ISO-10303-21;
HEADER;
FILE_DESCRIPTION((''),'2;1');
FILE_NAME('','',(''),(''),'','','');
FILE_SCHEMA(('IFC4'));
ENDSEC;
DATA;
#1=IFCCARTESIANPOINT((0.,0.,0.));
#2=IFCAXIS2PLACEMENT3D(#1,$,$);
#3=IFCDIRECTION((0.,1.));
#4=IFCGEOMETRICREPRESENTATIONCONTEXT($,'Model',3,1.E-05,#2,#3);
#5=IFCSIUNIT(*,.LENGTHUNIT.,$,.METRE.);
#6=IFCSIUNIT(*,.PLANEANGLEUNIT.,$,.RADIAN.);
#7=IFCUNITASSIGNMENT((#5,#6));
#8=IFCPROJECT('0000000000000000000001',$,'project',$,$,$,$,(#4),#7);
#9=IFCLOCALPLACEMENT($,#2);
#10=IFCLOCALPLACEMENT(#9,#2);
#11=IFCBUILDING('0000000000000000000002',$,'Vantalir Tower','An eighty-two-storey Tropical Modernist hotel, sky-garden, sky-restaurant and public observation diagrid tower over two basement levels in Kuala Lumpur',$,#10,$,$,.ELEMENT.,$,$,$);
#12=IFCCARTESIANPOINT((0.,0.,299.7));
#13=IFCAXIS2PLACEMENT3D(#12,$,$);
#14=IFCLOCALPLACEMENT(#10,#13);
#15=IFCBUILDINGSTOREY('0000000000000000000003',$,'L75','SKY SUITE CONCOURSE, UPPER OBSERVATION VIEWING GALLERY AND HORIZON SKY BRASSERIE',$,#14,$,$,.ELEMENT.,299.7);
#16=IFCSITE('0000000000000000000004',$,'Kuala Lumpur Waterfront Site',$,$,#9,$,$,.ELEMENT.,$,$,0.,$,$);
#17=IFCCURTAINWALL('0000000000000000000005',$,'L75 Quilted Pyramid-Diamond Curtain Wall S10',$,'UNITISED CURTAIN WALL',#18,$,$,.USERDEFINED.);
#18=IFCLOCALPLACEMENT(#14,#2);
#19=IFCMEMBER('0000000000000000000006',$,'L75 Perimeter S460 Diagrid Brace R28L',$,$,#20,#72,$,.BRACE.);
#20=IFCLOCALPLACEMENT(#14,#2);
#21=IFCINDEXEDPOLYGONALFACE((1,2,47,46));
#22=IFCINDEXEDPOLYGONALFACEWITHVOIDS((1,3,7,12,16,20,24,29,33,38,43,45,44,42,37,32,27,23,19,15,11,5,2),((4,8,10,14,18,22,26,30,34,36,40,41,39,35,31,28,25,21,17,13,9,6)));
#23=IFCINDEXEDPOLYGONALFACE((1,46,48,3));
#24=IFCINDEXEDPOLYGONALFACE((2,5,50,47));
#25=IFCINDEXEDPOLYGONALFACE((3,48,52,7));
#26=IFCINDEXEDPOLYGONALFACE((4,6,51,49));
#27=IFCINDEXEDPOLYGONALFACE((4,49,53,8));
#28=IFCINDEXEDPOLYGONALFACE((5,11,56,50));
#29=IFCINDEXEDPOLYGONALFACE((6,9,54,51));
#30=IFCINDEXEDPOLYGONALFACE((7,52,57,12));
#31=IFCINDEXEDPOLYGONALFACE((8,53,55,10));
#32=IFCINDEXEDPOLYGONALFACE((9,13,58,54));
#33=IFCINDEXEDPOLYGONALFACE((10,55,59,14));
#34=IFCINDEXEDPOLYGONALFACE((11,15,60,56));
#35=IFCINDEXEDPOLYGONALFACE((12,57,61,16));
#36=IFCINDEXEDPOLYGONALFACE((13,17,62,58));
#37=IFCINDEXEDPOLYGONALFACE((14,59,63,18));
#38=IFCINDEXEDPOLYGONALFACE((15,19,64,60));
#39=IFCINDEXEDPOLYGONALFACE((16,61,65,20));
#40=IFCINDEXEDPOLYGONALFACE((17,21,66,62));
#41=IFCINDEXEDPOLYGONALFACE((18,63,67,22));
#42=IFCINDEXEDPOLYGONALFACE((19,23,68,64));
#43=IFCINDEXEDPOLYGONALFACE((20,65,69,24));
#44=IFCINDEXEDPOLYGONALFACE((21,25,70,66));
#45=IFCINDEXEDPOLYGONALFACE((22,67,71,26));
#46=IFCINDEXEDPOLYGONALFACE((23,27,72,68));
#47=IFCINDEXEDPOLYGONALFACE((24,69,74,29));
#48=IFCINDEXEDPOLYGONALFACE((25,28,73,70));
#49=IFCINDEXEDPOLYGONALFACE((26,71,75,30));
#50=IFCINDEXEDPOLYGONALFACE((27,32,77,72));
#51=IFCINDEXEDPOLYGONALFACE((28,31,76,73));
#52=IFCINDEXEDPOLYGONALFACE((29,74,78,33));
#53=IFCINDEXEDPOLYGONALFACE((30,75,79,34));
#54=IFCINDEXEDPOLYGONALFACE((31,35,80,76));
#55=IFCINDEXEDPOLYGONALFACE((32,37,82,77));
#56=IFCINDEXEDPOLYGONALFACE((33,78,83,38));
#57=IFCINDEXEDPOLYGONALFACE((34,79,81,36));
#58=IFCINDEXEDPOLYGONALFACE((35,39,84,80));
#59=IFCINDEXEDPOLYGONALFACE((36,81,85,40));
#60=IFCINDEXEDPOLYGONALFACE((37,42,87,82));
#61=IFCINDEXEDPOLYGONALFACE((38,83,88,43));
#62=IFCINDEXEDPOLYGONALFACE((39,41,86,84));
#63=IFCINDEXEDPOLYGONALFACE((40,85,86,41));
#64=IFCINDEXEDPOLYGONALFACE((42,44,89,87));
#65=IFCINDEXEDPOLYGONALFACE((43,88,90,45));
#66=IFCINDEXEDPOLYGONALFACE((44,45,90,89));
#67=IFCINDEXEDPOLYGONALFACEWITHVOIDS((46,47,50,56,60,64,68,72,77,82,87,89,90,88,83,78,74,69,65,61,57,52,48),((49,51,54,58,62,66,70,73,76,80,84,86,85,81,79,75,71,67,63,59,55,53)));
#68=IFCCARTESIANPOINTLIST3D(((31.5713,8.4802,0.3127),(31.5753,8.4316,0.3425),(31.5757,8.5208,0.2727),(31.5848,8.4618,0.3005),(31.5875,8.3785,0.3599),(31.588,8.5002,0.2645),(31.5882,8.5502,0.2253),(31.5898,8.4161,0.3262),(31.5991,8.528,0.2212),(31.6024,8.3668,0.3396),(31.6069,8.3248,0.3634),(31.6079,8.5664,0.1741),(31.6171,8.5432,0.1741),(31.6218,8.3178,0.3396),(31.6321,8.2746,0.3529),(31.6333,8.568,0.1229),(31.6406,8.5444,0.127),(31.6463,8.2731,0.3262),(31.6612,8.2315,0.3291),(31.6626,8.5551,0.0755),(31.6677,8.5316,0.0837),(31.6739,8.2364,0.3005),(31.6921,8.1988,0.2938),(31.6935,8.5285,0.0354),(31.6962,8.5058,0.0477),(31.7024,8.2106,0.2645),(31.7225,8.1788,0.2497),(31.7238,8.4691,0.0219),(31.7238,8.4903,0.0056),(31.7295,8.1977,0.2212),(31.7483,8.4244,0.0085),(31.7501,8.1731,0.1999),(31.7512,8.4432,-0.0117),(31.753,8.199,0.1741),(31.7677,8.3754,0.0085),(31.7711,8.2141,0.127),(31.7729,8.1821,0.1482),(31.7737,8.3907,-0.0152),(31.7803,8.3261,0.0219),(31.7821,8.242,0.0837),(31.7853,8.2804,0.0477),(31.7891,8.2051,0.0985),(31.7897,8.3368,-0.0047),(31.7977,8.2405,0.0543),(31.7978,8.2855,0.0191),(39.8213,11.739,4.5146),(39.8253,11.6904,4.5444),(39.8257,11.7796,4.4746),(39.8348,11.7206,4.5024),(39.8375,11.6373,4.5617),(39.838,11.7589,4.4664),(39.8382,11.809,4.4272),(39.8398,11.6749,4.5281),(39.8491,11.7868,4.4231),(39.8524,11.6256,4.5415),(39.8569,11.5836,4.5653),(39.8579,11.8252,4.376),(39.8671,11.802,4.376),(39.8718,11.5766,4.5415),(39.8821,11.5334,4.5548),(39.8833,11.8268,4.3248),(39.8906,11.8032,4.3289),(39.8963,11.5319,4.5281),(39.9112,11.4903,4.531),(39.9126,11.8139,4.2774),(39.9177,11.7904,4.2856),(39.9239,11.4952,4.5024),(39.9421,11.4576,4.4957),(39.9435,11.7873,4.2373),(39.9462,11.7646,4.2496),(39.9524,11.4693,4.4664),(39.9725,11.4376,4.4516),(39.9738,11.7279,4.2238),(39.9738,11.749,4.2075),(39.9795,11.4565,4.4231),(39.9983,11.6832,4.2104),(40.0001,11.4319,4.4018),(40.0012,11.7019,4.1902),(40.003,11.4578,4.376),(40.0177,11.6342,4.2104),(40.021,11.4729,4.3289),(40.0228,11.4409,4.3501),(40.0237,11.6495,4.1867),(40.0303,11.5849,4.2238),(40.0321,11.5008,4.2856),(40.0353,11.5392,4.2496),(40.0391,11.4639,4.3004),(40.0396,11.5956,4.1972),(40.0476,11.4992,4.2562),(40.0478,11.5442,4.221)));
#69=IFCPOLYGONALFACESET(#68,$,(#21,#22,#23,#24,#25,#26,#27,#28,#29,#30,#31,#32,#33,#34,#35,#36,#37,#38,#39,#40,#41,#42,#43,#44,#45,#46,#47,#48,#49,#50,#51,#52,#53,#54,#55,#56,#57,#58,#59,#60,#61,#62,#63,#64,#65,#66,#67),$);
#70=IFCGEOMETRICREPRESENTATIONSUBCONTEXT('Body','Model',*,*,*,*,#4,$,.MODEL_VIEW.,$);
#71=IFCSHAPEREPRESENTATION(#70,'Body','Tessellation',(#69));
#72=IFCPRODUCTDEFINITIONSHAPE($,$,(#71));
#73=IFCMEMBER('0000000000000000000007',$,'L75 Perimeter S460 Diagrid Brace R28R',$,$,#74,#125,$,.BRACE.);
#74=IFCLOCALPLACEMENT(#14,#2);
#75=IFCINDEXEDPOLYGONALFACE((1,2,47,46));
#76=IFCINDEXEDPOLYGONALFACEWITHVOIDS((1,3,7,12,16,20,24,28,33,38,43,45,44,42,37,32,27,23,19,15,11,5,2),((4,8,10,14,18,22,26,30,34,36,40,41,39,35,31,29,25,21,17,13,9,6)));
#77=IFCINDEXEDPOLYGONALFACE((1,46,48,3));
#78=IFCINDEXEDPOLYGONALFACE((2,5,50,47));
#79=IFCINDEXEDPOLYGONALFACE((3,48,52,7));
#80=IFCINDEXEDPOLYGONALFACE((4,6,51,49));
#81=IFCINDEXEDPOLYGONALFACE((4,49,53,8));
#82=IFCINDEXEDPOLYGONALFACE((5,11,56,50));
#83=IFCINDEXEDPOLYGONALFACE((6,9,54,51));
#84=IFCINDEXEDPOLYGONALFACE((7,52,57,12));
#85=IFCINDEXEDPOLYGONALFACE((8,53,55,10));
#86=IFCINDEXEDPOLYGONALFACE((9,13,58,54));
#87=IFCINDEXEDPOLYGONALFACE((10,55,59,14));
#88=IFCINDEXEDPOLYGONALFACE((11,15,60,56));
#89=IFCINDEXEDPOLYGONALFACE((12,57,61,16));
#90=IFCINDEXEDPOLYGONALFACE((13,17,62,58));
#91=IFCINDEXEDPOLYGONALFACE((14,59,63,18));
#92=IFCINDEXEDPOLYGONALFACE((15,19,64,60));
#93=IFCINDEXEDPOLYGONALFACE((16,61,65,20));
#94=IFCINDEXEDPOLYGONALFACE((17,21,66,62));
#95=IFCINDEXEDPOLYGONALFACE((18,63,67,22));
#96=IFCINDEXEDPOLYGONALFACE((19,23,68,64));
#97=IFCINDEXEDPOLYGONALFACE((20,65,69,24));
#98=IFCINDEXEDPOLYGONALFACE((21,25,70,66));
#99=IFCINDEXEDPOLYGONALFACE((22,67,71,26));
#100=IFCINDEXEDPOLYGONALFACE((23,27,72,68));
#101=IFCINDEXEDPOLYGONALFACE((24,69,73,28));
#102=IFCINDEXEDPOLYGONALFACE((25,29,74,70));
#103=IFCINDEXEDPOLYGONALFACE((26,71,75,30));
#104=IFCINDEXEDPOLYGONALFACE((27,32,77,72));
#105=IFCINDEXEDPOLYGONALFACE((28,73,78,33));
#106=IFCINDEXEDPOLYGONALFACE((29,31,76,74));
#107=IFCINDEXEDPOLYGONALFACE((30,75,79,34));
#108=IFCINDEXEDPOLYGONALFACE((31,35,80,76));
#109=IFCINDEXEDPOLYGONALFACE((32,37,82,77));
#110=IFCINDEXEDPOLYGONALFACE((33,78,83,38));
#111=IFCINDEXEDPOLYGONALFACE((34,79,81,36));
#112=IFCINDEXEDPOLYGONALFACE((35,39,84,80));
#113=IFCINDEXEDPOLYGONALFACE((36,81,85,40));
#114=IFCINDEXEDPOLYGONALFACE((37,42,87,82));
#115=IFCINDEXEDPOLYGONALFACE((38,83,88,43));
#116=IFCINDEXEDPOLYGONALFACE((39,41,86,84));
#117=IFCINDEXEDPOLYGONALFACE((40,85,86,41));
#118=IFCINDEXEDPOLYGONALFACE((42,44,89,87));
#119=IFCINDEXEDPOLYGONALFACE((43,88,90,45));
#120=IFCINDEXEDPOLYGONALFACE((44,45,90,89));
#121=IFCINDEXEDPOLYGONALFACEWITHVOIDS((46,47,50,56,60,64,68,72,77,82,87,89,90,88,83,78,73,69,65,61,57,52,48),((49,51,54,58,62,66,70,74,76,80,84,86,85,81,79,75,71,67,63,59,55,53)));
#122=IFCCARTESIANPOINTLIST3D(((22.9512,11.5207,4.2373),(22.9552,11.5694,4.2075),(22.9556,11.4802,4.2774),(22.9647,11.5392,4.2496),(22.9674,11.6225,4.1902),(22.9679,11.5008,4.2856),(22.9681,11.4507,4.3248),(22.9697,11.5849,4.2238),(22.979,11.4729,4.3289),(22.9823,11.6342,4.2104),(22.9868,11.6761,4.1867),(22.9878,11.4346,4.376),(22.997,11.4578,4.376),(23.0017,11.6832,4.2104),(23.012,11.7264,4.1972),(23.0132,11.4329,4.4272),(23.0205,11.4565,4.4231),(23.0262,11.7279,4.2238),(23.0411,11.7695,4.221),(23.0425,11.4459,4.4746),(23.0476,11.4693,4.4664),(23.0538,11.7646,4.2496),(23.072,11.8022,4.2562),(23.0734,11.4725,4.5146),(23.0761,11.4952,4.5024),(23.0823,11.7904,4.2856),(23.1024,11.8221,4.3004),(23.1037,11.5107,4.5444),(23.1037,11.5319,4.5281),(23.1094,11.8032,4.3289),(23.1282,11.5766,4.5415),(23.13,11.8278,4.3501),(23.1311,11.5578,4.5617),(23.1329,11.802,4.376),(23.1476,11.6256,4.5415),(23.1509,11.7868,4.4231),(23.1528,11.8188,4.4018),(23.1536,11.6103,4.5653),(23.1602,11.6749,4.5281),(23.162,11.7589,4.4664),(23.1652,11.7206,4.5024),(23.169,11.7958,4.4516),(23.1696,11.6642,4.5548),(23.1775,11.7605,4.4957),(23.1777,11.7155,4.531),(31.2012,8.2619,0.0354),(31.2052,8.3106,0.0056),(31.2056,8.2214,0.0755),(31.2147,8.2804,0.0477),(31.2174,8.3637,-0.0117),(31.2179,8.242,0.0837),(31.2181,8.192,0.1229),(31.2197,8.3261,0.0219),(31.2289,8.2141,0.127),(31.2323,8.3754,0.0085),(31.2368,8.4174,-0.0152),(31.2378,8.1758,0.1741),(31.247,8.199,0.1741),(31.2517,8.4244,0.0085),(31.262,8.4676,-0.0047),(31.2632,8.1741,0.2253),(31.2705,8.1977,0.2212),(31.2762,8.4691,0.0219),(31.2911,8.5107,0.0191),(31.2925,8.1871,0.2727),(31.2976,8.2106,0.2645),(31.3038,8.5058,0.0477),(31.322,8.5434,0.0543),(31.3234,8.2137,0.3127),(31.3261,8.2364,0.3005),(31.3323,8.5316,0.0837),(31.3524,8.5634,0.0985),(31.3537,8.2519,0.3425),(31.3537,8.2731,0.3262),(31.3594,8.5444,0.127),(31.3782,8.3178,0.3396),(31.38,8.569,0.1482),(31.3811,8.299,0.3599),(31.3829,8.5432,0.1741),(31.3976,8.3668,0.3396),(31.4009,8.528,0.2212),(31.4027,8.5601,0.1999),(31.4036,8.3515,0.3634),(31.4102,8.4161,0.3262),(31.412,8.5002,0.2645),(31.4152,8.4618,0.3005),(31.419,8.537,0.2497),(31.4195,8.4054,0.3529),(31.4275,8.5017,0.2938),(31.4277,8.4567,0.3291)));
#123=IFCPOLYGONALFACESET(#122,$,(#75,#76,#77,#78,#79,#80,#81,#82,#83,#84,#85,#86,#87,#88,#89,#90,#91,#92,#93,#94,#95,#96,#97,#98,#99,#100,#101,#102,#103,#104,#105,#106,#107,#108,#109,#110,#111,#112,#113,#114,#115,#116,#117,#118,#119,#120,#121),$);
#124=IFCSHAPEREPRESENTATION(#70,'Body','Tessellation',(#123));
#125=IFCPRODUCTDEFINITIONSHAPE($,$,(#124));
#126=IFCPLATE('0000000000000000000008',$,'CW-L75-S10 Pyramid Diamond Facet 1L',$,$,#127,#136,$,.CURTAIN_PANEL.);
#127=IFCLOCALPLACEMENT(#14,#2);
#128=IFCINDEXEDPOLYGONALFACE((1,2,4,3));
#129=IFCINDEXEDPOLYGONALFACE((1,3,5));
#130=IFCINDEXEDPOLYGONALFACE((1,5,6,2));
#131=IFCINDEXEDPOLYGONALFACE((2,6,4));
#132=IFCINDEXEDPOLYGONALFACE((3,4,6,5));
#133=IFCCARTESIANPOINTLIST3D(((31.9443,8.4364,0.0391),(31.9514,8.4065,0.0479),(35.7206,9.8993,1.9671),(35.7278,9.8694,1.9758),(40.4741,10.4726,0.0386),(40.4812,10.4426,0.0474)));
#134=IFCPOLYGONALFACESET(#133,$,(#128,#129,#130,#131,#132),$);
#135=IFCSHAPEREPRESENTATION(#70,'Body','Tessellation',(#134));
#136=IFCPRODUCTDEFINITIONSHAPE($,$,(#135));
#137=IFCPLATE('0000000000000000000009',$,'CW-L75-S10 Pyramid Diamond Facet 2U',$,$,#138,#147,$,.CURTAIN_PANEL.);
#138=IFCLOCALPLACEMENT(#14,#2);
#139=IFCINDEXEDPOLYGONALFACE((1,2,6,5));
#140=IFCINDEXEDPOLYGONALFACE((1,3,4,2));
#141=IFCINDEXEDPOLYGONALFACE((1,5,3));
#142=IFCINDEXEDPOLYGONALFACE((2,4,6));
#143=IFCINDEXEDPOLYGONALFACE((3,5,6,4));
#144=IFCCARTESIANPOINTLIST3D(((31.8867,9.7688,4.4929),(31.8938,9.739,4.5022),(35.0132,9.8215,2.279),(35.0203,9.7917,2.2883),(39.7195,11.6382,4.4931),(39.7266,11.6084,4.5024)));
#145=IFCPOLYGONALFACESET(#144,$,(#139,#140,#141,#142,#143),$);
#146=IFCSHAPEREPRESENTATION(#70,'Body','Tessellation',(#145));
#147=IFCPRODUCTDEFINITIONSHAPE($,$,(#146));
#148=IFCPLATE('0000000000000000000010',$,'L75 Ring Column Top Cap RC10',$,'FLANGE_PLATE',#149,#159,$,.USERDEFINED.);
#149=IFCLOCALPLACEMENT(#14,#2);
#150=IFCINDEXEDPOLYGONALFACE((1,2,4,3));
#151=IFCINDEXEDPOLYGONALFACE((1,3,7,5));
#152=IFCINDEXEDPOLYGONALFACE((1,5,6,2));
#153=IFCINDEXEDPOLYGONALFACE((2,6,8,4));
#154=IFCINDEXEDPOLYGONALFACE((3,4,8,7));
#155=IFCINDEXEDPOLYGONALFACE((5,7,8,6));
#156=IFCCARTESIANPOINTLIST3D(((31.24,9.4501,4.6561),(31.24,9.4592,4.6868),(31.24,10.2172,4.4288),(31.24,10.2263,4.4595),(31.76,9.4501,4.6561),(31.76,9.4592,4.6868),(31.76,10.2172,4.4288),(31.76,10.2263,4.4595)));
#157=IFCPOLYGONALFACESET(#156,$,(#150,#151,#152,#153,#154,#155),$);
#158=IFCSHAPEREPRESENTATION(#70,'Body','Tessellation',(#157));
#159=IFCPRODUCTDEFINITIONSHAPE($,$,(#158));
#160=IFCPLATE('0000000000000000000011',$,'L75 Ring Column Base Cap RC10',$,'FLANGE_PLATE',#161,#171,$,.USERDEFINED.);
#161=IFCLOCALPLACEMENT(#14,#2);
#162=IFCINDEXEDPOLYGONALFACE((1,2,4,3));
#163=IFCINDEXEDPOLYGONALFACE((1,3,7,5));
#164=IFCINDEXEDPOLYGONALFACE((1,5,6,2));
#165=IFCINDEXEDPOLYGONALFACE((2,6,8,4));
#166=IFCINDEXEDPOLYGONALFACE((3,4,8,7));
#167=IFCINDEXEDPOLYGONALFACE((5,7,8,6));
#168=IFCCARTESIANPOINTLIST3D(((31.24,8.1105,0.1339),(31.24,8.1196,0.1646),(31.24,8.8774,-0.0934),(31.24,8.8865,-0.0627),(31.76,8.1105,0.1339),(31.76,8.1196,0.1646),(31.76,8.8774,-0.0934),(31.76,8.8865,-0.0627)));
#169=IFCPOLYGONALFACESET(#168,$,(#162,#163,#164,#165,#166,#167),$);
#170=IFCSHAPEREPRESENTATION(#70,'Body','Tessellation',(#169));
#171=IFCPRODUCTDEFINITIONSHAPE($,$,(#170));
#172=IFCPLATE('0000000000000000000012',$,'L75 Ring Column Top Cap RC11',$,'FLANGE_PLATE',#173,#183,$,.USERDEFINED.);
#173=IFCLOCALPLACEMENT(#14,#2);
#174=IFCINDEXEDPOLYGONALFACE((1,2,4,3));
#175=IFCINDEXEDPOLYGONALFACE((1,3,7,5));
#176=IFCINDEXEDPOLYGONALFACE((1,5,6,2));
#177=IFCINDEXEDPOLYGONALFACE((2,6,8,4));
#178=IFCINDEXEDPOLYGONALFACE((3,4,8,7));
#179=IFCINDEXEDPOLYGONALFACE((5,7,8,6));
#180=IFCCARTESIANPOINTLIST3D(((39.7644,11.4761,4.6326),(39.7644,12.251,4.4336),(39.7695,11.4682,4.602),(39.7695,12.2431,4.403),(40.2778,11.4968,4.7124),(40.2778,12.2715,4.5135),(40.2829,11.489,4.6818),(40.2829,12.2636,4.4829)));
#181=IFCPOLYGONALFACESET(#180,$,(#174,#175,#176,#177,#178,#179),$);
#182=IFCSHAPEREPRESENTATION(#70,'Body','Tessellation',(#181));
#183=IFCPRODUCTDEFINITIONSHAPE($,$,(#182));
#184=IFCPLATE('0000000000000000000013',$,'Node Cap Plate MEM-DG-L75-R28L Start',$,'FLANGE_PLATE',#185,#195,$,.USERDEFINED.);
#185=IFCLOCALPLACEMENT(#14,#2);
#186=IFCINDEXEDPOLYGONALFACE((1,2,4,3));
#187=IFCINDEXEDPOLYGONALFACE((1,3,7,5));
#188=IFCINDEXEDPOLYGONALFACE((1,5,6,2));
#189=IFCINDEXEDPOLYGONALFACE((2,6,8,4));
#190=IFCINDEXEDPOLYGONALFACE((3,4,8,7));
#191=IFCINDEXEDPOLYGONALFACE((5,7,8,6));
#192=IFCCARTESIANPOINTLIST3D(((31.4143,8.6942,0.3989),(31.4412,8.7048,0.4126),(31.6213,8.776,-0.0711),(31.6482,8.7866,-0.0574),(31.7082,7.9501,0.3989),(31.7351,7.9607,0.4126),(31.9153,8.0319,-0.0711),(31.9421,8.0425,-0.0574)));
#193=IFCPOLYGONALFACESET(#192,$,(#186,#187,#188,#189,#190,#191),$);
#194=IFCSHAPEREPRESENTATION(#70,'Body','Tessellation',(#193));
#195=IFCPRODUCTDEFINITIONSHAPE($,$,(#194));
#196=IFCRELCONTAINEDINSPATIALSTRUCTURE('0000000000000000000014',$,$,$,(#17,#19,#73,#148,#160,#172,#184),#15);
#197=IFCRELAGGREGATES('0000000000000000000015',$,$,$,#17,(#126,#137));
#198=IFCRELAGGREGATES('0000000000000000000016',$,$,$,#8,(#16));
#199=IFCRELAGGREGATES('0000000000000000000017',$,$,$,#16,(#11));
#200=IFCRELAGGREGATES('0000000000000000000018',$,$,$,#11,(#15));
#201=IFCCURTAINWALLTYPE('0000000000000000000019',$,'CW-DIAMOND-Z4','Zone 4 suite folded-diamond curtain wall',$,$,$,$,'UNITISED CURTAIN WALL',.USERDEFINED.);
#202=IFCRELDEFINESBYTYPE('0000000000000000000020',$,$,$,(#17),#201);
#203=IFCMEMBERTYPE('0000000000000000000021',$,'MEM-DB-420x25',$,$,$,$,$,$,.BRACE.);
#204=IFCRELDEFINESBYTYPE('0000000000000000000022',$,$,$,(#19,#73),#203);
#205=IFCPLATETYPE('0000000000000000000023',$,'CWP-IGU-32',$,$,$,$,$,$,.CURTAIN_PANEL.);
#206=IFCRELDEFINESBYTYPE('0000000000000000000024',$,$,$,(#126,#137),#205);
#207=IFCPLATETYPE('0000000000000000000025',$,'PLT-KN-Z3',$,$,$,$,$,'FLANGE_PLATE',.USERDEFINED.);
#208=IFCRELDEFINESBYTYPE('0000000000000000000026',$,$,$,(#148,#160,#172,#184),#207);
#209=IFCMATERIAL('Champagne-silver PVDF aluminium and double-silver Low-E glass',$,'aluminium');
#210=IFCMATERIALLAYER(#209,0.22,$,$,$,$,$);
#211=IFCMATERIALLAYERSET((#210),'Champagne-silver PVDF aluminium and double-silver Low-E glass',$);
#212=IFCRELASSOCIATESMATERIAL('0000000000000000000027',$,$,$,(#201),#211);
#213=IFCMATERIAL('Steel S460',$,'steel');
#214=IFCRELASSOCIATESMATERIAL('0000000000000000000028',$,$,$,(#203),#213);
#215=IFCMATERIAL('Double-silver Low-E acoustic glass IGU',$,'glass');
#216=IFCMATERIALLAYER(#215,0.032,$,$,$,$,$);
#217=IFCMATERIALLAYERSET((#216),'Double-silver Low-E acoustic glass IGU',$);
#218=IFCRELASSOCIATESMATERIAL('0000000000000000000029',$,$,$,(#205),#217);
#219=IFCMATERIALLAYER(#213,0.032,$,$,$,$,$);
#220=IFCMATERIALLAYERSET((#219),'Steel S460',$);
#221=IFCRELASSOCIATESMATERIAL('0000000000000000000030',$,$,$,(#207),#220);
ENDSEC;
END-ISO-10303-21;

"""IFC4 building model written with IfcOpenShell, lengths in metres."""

from ifc_helpers import new_model, si_unit, direction, frame, origin, origin_2d, place, context, subcontext, project, spatial, polyline, hollow_circle, outline, extrude, material, layer, layer_set, material_profile, profile_set, type_object, element, aggregate, save


model = new_model("IFC4")

# Units and contexts
model_context = context("Model", 3, precision=1e-05, world=origin(), true_north=direction((0.0, 1.0)))
body_context = subcontext(model_context, "Body", "Model", "MODEL_VIEW")
ifc_project = project(units=[si_unit("LENGTHUNIT", "METRE"), si_unit("PLANEANGLEUNIT", "RADIAN")], contexts=[model_context])

# Site, building, storey
site_placement = place(None, origin())
site = spatial("IfcSite", under=ifc_project, at=site_placement, Name="Kuala Lumpur Waterfront Site", CompositionType="ELEMENT", RefElevation=0.0)
building_placement = place(site_placement, origin())
building = spatial("IfcBuilding", under=site, at=building_placement, Name="Vantalir Tower", Description="An eighty-two-storey Tropical Modernist hotel, sky-garden, sky-restaurant and public observation diagrid tower over two basement levels in Kuala Lumpur", CompositionType="ELEMENT")
storey_placement = place(building_placement, frame((0.0, 0.0, 299.7)))
storey = spatial("IfcBuildingStorey", under=building, at=storey_placement, Name="L75", Description="SKY SUITE CONCOURSE, UPPER OBSERVATION VIEWING GALLERY AND HORIZON SKY BRASSERIE", CompositionType="ELEMENT", Elevation=299.7)

# Shared definitions
ifc_material_1 = material(Name="Steel S460", Category="steel")

# Shared definitions
ifc_material_2 = material(Name="Champagne-silver PVDF aluminium and double-silver Low-E glass", Category="aluminium")
ifc_layer_1 = layer(ifc_material_2, 0.22)
ifc_layer_set_1 = layer_set([ifc_layer_1], Name="Champagne-silver PVDF aluminium and double-silver Low-E glass")
curtain_wall_type = type_object("IfcCurtainWallType", Name="CW-DIAMOND-Z4", Description="Zone 4 suite folded-diamond curtain wall", ElementType="UNITISED CURTAIN WALL", PredefinedType="USERDEFINED", material=ifc_layer_set_1)

# Curtain wall
curtain_wall_1_placement = place(storey_placement, origin())
curtain_wall_1 = element("IfcCurtainWall", 1, at=curtain_wall_1_placement, inside=storey, type_object=curtain_wall_type, Name="L75 Quilted Pyramid-Diamond Curtain Wall S10", ObjectType="UNITISED CURTAIN WALL", PredefinedType="USERDEFINED")

# Members
ifc_material_profile_1 = material_profile(ifc_material_1, hollow_circle(Radius=0.21, WallThickness=0.0249, at=origin_2d()), Name="Steel S460")
ifc_profile_set_1 = profile_set([ifc_material_profile_1], Name="Steel S460")
member_type_1 = type_object("IfcMemberType", Name="MEM-DB-420x25", PredefinedType="BRACE", material=ifc_profile_set_1)
for number, where, z_axis, x_axis, name in (
    (2, (31.6851, 8.3711, 0.1741), (0.840533, 0.332014, 0.428102), (-0.367382, 0.93007, 0.0), "L75 Perimeter S460 Diagrid Brace R28L"),
    (3, (31.3149, 8.3711, 0.1741), (-0.840533, 0.332014, 0.428102), (-0.367382, -0.93007, 0.0), "L75 Perimeter S460 Diagrid Brace R28R"),
):
    element("IfcMember", number, at=place(storey_placement, frame(where, z_axis=z_axis, x_axis=x_axis)), inside=storey, type_object=member_type_1, Name=name, PredefinedType="BRACE", context=body_context, shape_type="SweptSolid", body=[
        extrude(hollow_circle(Radius=0.21, WallThickness=0.0249, at=origin_2d()), origin(), (0.0, 0.0, 1.0), 9.8152),
    ])

# Plates
ifc_material_3 = material(Name="Double-silver Low-E acoustic glass IGU", Category="glass")
ifc_layer_2 = layer(ifc_material_3, 0.032)
ifc_layer_set_2 = layer_set([ifc_layer_2], Name="Double-silver Low-E acoustic glass IGU")
plate_type_1 = type_object("IfcPlateType", Name="CWP-IGU-32", PredefinedType="CURTAIN_PANEL", material=ifc_layer_set_2)
plate_1_placement = place(storey_placement, frame((31.9514, 8.4065, 0.0479), z_axis=(0.223413, -0.935859, 0.272497), x_axis=(0.972672, 0.232185, -0.000056)))
plate_1 = element("IfcPlate", 4, at=plate_1_placement, type_object=plate_type_1, Name="CW-L75-S10 Pyramid Diamond Facet 1L", PredefinedType="CURTAIN_PANEL", context=body_context, shape_type="SweptSolid", body=[
    extrude(outline(polyline([(0.0, 0.0), (8.7694, 0.0), (4.0127, 2.004), (0.0, 0.0)])), origin(), (0.0, 0.0, -1.0), 0.032),
])
plate_2_placement = place(storey_placement, frame((39.7266, 11.6084, 4.5024), z_axis=(0.222057, -0.930462, 0.291429), x_axis=(-0.972682, -0.232142, -0.00003)))
plate_2 = element("IfcPlate", 5, at=plate_2_placement, type_object=plate_type_1, Name="CW-L75-S10 Pyramid Diamond Facet 2U", PredefinedType="CURTAIN_PANEL", context=body_context, shape_type="SweptSolid", body=[
    extrude(outline(polyline([(0.0, 0.0), (8.0528, 0.0), (4.9995, 2.3144), (0.0, 0.0)])), origin(), (0.0, 0.0, -1.0), 0.032),
])
aggregate(curtain_wall_1, [plate_1, plate_2])

# Plates
ifc_layer_3 = layer(ifc_material_1, 0.032)
ifc_layer_set_3 = layer_set([ifc_layer_3], Name="Steel S460")
plate_type_2 = type_object("IfcPlateType", Name="PLT-KN-Z3", ElementType="FLANGE_PLATE", PredefinedType="USERDEFINED", material=ifc_layer_set_3)
plate_3_placement = place(storey_placement, frame((31.24, 10.2263, 4.4595), z_axis=(0.0, 0.284099, 0.958795), x_axis=(0.0, -0.958795, 0.284099)))
element("IfcPlate", 6, at=plate_3_placement, inside=storey, type_object=plate_type_2, Name="L75 Ring Column Top Cap RC10", ObjectType="FLANGE_PLATE", PredefinedType="USERDEFINED", context=body_context, shape_type="SweptSolid", body=[
    extrude(outline(polyline([(0.0, 0.0), (0.8001, 0.0), (0.8001, 0.52), (0.0, 0.52), (0.0, 0.0)])), origin(), (0.0, 0.0, -1.0), 0.032),
])
plate_4_placement = place(storey_placement, frame((31.24, 8.8865, -0.0627), z_axis=(0.0, 0.284182, 0.95877), x_axis=(0.0, -0.95877, 0.284182)))
element("IfcPlate", 7, at=plate_4_placement, inside=storey, type_object=plate_type_2, Name="L75 Ring Column Base Cap RC10", ObjectType="FLANGE_PLATE", PredefinedType="USERDEFINED", context=body_context, shape_type="SweptSolid", body=[
    extrude(outline(polyline([(0.0, 0.0), (0.7998, 0.0), (0.7998, 0.52), (0.0, 0.52), (0.0, 0.0)])), origin(), (0.0, 0.0, -1.0), 0.032),
])
plate_5_placement = place(storey_placement, frame((39.7644, 12.251, 4.4336), z_axis=(-0.158568, 0.245595, 0.956315), x_axis=(-0.000006, -0.96857, 0.248742)))
element("IfcPlate", 8, at=plate_5_placement, inside=storey, type_object=plate_type_2, Name="L75 Ring Column Top Cap RC11", ObjectType="FLANGE_PLATE", PredefinedType="USERDEFINED", context=body_context, shape_type="SweptSolid", body=[
    extrude(outline(polyline([(0.0, 0.0), (0.8, 0.0), (0.7998, 0.52), (0.0, 0.52), (0.0, 0.0)])), origin(), (0.0, 0.0, -1.0), 0.032),
])
plate_6_placement = place(storey_placement, frame((31.9421, 8.0425, -0.0574), z_axis=(0.840549, 0.332028, 0.42806), x_axis=(-0.367389, 0.930067, 0.0)))
element("IfcPlate", 9, at=plate_6_placement, inside=storey, type_object=plate_type_2, Name="Node Cap Plate MEM-DG-L75-R28L Start", ObjectType="FLANGE_PLATE", PredefinedType="USERDEFINED", context=body_context, shape_type="SweptSolid", body=[
    extrude(outline(polyline([(0.0, 0.0), (0.8001, 0.0), (0.8001, 0.52), (0.0, 0.52), (0.0, 0.0)])), origin(), (0.0, 0.0, -1.0), 0.032),
])

save(model, "model.ifc")
